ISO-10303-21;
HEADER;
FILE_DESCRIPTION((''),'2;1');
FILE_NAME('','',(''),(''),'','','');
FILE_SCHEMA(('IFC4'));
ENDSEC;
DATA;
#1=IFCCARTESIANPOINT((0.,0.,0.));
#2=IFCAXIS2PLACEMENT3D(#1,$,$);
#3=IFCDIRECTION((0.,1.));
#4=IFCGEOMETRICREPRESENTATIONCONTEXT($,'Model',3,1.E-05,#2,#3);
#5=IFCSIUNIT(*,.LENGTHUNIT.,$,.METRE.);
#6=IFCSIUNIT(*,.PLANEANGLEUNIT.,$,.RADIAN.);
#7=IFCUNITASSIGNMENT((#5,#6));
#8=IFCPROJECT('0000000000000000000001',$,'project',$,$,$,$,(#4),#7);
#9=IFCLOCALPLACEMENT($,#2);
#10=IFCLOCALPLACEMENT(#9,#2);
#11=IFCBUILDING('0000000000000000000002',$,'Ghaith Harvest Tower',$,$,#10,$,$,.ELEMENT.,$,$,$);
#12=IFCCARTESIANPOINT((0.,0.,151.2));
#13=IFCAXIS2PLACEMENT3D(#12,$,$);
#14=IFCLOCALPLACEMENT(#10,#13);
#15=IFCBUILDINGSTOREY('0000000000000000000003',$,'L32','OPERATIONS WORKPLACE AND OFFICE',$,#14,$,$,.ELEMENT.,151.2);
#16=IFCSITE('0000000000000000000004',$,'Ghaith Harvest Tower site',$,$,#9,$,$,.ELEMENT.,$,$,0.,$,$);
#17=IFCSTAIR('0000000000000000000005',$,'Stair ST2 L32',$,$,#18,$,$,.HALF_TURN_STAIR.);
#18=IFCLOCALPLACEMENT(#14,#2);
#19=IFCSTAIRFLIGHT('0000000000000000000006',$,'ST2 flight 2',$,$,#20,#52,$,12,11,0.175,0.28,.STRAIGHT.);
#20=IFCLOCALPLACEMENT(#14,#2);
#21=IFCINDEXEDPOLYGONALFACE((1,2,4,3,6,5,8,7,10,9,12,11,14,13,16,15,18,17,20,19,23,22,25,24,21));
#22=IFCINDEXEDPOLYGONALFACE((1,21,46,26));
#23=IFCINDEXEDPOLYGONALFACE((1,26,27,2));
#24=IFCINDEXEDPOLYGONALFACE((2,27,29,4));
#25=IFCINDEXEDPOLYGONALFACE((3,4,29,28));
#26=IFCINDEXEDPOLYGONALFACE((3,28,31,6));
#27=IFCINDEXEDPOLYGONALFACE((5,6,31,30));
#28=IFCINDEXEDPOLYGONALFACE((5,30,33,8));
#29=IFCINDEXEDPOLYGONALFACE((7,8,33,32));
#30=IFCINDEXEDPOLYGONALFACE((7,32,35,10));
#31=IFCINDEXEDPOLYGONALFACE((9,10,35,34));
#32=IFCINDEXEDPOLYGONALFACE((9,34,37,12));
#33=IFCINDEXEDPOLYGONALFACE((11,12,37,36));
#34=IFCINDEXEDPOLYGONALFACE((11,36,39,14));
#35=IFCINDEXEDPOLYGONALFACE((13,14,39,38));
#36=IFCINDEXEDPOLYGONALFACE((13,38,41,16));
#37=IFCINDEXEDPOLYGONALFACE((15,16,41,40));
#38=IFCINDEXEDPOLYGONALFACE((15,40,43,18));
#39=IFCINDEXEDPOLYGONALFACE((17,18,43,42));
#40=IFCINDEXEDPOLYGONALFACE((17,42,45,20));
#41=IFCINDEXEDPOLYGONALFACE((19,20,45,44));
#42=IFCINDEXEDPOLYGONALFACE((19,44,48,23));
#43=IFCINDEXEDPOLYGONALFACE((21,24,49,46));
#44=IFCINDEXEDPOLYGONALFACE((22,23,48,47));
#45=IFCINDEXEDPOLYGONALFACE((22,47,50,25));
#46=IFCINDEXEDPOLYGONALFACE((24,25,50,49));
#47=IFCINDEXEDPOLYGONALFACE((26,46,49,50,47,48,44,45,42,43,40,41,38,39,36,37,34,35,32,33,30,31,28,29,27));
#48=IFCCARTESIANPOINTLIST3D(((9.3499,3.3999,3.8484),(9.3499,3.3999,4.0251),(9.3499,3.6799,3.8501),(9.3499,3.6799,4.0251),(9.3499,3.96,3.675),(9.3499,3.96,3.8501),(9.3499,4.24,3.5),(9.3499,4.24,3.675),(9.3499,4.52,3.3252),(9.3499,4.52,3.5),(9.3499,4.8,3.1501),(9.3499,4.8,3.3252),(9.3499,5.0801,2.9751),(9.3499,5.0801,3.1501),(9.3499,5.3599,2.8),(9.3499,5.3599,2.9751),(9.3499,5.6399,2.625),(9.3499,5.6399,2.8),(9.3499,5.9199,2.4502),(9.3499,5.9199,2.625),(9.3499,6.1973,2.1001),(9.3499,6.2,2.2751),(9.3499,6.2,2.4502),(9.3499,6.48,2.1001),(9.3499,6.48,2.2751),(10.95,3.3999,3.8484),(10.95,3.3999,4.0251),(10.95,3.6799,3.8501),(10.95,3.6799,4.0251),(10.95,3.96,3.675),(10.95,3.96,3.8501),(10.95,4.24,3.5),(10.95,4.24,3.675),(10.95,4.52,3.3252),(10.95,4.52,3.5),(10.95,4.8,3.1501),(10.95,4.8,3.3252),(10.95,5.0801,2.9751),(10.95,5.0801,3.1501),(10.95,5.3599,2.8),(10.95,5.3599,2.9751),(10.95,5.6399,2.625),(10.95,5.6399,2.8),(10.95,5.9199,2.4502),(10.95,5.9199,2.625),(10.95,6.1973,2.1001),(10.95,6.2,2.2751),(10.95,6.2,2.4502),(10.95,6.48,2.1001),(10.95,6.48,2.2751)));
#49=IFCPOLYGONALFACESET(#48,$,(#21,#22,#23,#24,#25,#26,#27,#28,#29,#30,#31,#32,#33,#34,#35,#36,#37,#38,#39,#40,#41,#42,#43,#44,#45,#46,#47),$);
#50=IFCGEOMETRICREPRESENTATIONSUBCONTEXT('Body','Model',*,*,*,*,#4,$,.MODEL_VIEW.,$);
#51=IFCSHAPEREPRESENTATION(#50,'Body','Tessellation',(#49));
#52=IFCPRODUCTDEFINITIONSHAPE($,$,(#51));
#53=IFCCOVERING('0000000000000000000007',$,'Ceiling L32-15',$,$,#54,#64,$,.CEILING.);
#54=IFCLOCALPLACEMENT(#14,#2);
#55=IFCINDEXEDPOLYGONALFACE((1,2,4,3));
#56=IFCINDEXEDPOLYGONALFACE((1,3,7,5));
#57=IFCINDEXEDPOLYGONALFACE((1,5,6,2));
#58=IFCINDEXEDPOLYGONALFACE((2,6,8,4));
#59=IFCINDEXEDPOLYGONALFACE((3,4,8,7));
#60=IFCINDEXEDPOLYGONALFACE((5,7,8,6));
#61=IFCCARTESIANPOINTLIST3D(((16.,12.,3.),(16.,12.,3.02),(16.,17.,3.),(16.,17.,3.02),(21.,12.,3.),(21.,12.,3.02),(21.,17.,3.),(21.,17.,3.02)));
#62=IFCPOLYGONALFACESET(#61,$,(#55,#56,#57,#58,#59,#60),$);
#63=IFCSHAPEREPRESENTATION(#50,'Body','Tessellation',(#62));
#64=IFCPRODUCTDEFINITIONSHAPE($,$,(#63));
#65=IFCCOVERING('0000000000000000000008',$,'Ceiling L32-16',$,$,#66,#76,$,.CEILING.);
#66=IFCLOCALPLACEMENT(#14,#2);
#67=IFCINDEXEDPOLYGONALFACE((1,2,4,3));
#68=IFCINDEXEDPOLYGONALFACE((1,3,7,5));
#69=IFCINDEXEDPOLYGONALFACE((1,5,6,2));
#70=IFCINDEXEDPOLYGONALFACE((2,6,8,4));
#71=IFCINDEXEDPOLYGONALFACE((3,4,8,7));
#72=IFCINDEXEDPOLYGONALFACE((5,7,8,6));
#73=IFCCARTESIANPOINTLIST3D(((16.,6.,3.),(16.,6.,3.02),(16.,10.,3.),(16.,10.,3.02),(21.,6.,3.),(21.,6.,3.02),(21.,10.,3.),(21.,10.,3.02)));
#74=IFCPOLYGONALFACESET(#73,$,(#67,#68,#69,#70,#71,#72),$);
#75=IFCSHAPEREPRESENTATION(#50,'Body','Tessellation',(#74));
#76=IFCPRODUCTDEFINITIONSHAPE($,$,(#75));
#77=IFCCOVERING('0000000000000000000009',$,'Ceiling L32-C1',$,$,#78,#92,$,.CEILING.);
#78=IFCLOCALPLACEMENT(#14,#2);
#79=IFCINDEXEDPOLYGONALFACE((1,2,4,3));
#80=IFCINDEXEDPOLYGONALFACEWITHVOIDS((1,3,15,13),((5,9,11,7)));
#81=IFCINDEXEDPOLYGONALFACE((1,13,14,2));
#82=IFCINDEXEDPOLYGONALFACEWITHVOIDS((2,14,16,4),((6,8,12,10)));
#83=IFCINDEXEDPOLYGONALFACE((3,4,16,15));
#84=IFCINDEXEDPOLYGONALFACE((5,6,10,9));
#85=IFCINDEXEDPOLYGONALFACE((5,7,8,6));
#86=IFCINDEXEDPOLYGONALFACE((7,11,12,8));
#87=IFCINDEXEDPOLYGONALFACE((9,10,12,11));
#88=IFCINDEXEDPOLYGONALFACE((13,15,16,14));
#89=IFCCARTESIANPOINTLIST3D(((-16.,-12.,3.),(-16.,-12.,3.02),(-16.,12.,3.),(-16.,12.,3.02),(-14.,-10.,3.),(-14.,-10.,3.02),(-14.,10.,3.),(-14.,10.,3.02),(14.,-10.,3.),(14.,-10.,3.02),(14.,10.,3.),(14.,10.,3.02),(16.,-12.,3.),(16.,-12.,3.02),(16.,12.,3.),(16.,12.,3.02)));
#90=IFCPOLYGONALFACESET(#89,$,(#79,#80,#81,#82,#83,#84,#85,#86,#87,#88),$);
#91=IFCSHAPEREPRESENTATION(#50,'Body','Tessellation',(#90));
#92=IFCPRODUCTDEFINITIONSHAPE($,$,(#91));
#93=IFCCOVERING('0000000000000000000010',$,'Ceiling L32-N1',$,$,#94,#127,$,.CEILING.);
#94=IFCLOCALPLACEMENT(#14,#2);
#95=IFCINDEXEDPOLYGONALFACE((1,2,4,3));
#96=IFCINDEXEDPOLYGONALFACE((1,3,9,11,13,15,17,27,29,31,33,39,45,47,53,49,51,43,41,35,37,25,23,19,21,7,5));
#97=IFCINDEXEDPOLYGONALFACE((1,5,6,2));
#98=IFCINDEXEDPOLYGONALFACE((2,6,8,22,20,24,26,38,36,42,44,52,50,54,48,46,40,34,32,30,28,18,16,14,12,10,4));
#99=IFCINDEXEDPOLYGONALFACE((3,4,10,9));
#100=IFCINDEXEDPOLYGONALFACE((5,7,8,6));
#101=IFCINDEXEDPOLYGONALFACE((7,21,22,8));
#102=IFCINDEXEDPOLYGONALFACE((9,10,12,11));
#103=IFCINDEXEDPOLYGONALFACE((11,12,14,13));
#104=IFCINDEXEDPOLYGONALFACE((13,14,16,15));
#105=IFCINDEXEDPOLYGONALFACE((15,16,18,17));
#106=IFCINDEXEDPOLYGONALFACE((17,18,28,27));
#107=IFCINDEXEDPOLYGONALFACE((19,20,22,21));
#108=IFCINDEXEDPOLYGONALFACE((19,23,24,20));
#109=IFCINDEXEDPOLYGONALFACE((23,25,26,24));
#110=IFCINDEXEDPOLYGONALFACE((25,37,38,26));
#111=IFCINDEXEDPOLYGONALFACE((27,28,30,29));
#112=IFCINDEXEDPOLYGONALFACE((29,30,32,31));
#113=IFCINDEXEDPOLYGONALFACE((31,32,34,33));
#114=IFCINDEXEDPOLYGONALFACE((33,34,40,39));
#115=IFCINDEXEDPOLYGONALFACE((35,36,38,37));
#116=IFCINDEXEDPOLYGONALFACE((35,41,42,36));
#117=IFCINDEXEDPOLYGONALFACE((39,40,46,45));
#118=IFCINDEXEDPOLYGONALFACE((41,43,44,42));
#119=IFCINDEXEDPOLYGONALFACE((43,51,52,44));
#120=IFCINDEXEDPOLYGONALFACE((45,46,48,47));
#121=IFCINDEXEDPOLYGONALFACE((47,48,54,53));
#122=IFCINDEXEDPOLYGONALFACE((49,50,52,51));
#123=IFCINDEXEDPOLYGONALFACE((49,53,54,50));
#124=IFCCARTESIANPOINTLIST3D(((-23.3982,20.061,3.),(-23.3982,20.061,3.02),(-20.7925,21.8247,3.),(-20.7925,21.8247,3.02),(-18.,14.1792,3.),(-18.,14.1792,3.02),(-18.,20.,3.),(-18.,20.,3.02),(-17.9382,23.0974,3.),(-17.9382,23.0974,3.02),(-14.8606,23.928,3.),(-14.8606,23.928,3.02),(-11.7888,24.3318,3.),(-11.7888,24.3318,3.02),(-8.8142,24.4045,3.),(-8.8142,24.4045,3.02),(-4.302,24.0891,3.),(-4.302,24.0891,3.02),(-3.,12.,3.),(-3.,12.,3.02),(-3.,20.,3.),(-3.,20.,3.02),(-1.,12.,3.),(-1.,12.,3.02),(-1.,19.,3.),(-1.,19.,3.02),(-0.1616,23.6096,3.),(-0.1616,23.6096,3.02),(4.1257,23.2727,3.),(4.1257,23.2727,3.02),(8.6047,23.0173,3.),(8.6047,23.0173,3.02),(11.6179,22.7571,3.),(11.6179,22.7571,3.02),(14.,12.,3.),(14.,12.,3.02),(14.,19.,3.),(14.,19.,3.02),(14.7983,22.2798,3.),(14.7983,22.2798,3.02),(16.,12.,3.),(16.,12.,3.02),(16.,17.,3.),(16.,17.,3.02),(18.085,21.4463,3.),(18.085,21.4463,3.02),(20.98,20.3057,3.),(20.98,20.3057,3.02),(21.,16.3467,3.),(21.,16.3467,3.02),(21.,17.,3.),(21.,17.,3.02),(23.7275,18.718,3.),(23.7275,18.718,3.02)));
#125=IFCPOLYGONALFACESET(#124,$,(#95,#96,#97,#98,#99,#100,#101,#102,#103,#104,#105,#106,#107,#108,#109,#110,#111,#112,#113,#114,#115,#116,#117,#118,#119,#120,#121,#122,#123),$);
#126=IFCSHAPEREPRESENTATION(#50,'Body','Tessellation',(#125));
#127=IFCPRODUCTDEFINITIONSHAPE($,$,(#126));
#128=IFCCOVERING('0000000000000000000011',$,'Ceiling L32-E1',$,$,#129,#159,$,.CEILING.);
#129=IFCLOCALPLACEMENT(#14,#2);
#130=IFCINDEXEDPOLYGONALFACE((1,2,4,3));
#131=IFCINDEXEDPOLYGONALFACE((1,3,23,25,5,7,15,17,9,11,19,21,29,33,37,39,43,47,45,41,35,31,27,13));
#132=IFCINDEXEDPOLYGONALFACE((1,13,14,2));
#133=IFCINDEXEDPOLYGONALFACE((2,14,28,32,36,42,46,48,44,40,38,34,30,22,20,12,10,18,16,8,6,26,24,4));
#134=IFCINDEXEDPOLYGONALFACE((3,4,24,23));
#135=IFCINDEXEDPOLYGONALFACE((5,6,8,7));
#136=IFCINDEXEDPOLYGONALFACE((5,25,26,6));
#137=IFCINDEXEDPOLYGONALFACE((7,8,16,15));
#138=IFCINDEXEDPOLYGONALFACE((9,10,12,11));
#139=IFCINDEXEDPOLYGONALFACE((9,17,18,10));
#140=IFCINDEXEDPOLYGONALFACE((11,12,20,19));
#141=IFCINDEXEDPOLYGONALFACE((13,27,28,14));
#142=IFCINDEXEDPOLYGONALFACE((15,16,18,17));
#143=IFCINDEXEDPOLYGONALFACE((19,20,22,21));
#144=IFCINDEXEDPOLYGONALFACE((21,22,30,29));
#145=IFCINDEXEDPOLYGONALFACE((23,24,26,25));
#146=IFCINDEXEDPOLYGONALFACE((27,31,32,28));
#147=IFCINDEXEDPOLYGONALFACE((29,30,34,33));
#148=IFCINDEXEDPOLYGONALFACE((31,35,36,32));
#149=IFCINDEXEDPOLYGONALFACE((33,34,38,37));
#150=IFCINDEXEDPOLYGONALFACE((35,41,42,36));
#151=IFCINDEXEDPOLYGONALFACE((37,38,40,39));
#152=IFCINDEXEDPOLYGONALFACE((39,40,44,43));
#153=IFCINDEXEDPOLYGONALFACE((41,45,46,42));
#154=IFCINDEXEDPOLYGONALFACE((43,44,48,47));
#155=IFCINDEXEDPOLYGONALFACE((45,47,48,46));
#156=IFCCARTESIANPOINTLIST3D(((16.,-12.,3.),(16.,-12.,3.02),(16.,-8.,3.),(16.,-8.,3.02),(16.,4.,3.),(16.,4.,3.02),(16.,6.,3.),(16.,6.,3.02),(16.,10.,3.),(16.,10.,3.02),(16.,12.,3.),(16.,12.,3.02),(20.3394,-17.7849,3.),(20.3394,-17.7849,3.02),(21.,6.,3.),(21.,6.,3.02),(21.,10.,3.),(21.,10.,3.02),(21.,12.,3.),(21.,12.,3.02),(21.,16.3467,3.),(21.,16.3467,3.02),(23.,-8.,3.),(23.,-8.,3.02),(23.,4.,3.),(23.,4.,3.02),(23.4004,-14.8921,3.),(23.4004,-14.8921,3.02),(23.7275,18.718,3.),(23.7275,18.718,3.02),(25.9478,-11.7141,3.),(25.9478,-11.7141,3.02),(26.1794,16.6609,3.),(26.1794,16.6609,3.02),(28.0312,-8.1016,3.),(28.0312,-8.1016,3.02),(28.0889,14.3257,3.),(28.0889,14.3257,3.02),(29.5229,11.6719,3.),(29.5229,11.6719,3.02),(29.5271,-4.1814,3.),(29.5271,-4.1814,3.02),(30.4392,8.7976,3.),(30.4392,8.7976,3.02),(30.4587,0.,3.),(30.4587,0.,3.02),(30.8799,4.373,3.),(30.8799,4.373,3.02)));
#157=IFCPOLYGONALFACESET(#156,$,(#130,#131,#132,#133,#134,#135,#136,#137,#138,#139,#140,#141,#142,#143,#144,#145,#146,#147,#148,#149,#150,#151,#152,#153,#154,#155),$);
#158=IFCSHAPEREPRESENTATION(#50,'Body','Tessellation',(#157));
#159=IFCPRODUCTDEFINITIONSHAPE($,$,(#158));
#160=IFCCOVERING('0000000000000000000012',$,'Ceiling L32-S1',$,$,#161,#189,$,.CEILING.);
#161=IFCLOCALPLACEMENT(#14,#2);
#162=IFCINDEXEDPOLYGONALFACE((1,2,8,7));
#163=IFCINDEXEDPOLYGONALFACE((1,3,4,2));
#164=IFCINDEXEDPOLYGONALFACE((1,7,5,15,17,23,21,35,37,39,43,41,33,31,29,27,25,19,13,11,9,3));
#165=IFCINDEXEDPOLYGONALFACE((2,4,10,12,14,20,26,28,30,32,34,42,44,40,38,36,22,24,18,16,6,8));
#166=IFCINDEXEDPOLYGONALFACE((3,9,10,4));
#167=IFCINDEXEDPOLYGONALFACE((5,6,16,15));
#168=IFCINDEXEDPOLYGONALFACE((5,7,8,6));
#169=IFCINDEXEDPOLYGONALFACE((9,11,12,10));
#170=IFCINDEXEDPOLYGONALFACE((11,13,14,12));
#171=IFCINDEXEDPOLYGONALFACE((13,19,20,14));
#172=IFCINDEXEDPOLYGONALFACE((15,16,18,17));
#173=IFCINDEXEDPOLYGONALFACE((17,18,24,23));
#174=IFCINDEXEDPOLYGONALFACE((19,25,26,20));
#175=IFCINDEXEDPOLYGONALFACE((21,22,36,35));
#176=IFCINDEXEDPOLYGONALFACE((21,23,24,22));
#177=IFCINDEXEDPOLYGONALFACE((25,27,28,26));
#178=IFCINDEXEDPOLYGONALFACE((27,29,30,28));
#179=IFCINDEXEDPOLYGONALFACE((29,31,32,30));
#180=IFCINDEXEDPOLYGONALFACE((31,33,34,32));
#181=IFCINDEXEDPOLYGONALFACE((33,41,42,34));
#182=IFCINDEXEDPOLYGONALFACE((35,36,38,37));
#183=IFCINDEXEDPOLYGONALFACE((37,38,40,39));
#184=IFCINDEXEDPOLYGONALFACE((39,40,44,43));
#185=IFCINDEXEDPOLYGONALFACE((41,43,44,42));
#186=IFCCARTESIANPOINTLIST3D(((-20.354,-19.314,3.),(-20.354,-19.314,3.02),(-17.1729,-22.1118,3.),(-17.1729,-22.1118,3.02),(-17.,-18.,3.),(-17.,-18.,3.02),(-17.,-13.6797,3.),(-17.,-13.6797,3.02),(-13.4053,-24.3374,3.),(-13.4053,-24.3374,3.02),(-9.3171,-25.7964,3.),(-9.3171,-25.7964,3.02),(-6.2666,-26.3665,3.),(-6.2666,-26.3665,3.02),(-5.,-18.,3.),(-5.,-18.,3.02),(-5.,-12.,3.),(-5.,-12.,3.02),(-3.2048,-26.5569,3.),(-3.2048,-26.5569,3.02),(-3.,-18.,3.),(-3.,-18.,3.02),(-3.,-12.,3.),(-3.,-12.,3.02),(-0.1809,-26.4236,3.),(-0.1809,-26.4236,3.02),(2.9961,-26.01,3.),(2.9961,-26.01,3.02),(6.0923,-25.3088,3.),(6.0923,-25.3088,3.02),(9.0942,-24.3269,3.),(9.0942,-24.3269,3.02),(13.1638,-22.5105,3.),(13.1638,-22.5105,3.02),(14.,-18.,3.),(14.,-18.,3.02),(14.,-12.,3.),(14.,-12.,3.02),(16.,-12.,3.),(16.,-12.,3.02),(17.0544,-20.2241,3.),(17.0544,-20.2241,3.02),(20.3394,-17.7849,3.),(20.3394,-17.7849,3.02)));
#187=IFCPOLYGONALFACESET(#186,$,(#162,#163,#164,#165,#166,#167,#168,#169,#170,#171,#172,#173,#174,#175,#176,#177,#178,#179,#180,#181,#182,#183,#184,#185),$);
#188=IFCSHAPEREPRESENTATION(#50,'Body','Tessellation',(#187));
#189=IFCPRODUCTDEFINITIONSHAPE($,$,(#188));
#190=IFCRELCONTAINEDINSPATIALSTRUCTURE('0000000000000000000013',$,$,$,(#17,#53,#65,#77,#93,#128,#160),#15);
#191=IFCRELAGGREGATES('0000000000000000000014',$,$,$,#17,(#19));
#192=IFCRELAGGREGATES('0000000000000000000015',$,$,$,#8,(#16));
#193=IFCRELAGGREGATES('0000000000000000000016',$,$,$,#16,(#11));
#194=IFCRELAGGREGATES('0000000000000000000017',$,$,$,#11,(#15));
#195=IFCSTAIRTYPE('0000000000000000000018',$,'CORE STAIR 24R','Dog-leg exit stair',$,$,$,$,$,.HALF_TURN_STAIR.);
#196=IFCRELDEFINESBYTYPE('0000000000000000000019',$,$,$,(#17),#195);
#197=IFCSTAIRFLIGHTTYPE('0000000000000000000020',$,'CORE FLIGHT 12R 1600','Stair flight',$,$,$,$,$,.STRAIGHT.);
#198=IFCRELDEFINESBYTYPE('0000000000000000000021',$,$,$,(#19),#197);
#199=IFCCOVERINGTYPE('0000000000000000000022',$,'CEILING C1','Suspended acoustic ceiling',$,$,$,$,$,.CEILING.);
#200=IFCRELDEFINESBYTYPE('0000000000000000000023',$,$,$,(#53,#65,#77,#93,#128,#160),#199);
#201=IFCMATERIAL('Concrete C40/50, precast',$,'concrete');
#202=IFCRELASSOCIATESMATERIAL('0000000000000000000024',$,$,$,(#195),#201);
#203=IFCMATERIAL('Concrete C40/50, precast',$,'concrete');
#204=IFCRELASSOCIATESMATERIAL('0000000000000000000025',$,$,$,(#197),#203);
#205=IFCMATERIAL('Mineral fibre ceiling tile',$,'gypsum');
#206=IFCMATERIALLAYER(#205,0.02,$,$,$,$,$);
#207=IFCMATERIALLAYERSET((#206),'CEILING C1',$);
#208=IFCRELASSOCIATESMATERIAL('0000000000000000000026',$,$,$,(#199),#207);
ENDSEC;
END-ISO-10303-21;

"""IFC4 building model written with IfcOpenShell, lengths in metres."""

from ifc_helpers import new_model, si_unit, direction, frame, origin, place, context, subcontext, project, spatial, polyline, outline, extrude, material, layer, layer_set, type_object, element, aggregate, save


model = new_model("IFC4")

# Units and contexts
model_context = context("Model", 3, precision=1e-05, world=origin(), true_north=direction((0.0, 1.0)))
body_context = subcontext(model_context, "Body", "Model", "MODEL_VIEW")
ifc_project = project(units=[si_unit("LENGTHUNIT", "METRE"), si_unit("PLANEANGLEUNIT", "RADIAN")], contexts=[model_context])

# Site, building, storey
site_placement = place(None, origin())
site = spatial("IfcSite", under=ifc_project, at=site_placement, Name="Ghaith Harvest Tower site", CompositionType="ELEMENT", RefElevation=0.0)
building_placement = place(site_placement, origin())
building = spatial("IfcBuilding", under=site, at=building_placement, Name="Ghaith Harvest Tower", CompositionType="ELEMENT")
storey_placement = place(building_placement, frame((0.0, 0.0, 151.2)))
storey = spatial("IfcBuildingStorey", under=building, at=storey_placement, Name="L32", Description="OPERATIONS WORKPLACE AND OFFICE", CompositionType="ELEMENT", Elevation=151.2)

# Stair, stair flight
ifc_material_1 = material(Name="Concrete C40/50, precast", Category="concrete")
stair_type = type_object("IfcStairType", Name="CORE STAIR 24R", Description="Dog-leg exit stair", PredefinedType="HALF_TURN_STAIR", material=ifc_material_1)
stair_placement = place(storey_placement, origin())
stair = element("IfcStair", 1, at=stair_placement, inside=storey, type_object=stair_type, Name="Stair ST2 L32", PredefinedType="HALF_TURN_STAIR")
ifc_material_2 = material(Name="Concrete C40/50, precast", Category="concrete")
stair_flight_type = type_object("IfcStairFlightType", Name="CORE FLIGHT 12R 1600", Description="Stair flight", PredefinedType="STRAIGHT", material=ifc_material_2)
stair_flight_1_placement = place(storey_placement, frame((10.1499, 6.48, 2.1001), z_axis=(0.0, 0.0, 1.0), x_axis=(0.0, -1.0, 0.0)))
stair_flight_1 = element("IfcStairFlight", 2, at=stair_flight_1_placement, type_object=stair_flight_type, Name="ST2 flight 2", NumberOfRisers=12, NumberOfTreads=11, PredefinedType="STRAIGHT", RiserHeight=0.175, TreadLength=0.28, context=body_context, shape_type="SweptSolid", body=[
    extrude(outline(polyline([(0.0, 0.0), (0.0, 0.175), (0.28, 0.175), (0.28, 0.3501), (0.5601, 0.3501), (0.5601, 0.5249), (0.8401, 0.5249), (0.8401, 0.7), (1.1201, 0.7), (1.1201, 0.875), (1.3999, 0.875), (1.3999, 1.05), (1.6799, 1.05), (1.6799, 1.2251), (1.96, 1.2251), (1.96, 1.3999), (2.24, 1.3999), (2.24, 1.575), (2.52, 1.575), (2.52, 1.75), (2.8, 1.75), (2.8, 1.925), (3.0801, 1.925), (3.0801, 2.1001), (3.0801, 1.7483), (0.2827, 0.0), (0.0, 0.0)])), frame((0.0, 0.8, 0.0), z_axis=(0.0, -1.0, 0.0), x_axis=(1.0, 0.0, 0.0)), (0.0, 0.0, 1.0), 1.6001),
])
aggregate(stair, [stair_flight_1])

# Coverings
ifc_material_3 = material(Name="Mineral fibre ceiling tile", Category="gypsum")
ifc_layer_1 = layer(ifc_material_3, 0.02)
ifc_layer_set_1 = layer_set([ifc_layer_1], Name="CEILING C1")
covering_type = type_object("IfcCoveringType", Name="CEILING C1", Description="Suspended acoustic ceiling", PredefinedType="CEILING", material=ifc_layer_set_1)
covering_1_placement = place(storey_placement, frame((0.0, 0.0, 3.0)))
element("IfcCovering", 3, at=covering_1_placement, inside=storey, type_object=covering_type, Name="Ceiling L32-15", PredefinedType="CEILING", context=body_context, shape_type="SweptSolid", body=[
    extrude(outline(polyline([(16.0, 12.0), (21.0, 12.0), (21.0, 17.0), (16.0, 17.0), (16.0, 12.0)])), origin(), (0.0, 0.0, 1.0), 0.02),
])
covering_2_placement = place(storey_placement, frame((0.0, 0.0, 3.0)))
element("IfcCovering", 4, at=covering_2_placement, inside=storey, type_object=covering_type, Name="Ceiling L32-16", PredefinedType="CEILING", context=body_context, shape_type="SweptSolid", body=[
    extrude(outline(polyline([(16.0, 6.0), (21.0, 6.0), (21.0, 10.0), (16.0, 10.0), (16.0, 6.0)])), origin(), (0.0, 0.0, 1.0), 0.02),
])
covering_3_placement = place(storey_placement, frame((0.0, 0.0, 3.0)))
element("IfcCovering", 5, at=covering_3_placement, inside=storey, type_object=covering_type, Name="Ceiling L32-C1", PredefinedType="CEILING", context=body_context, shape_type="SweptSolid", body=[
    extrude(outline(polyline([(-16.0, 12.0), (16.0, 12.0), (16.0, -12.0), (-16.0, -12.0), (-16.0, 12.0)]), holes=[polyline([(14.0, 10.0), (-14.0, 10.0), (-14.0, -10.0), (14.0, -10.0), (14.0, 10.0)])]), origin(), (0.0, 0.0, 1.0), 0.02),
])
covering_4_placement = place(storey_placement, frame((0.0, 0.0, 3.0)))
element("IfcCovering", 6, at=covering_4_placement, inside=storey, type_object=covering_type, Name="Ceiling L32-N1", PredefinedType="CEILING", context=body_context, shape_type="SweptSolid", body=[
    extrude(outline(polyline([(-20.7925, 21.8247), (-17.9382, 23.0974), (-14.8606, 23.928), (-11.7888, 24.3318), (-8.8142, 24.4045), (-4.302, 24.0891), (-0.1616, 23.6096), (4.1257, 23.2727), (8.6047, 23.0173), (11.6179, 22.7571), (14.7983, 22.2798), (18.085, 21.4463), (20.98, 20.3057), (23.7275, 18.718), (21.0, 16.3467), (21.0, 17.0), (16.0, 17.0), (16.0, 12.0), (14.0, 12.0), (14.0, 19.0), (-1.0, 19.0), (-1.0, 12.0), (-3.0, 12.0), (-3.0, 20.0), (-18.0, 20.0), (-18.0, 14.1792), (-23.3982, 20.061), (-20.7925, 21.8247)])), origin(), (0.0, 0.0, 1.0), 0.02),
])
covering_5_placement = place(storey_placement, frame((0.0, 0.0, 3.0)))
element("IfcCovering", 7, at=covering_5_placement, inside=storey, type_object=covering_type, Name="Ceiling L32-E1", PredefinedType="CEILING", context=body_context, shape_type="SweptSolid", body=[
    extrude(outline(polyline([(26.1794, 16.6609), (28.0889, 14.3257), (29.5229, 11.6719), (30.4392, 8.7976), (30.8799, 4.373), (30.4587, 0.0), (29.5271, -4.1814), (28.0312, -8.1016), (25.9478, -11.7141), (23.4004, -14.8921), (20.3394, -17.7849), (16.0, -12.0), (16.0, -8.0), (23.0, -8.0), (23.0, 4.0), (16.0, 4.0), (16.0, 6.0), (21.0, 6.0), (21.0, 10.0), (16.0, 10.0), (16.0, 12.0), (21.0, 12.0), (21.0, 16.3467), (23.7275, 18.718), (26.1794, 16.6609)])), origin(), (0.0, 0.0, 1.0), 0.02),
])
covering_6_placement = place(storey_placement, frame((0.0, 0.0, 3.0)))
element("IfcCovering", 8, at=covering_6_placement, inside=storey, type_object=covering_type, Name="Ceiling L32-S1", PredefinedType="CEILING", context=body_context, shape_type="SweptSolid", body=[
    extrude(outline(polyline([(17.0544, -20.2241), (13.1638, -22.5105), (9.0942, -24.3269), (6.0923, -25.3088), (2.9961, -26.01), (-0.1809, -26.4236), (-3.2048, -26.5569), (-6.2666, -26.3665), (-9.3171, -25.7964), (-13.4053, -24.3374), (-17.1729, -22.1118), (-20.354, -19.314), (-17.0, -13.6797), (-17.0, -18.0), (-5.0, -18.0), (-5.0, -12.0), (-3.0, -12.0), (-3.0, -18.0), (14.0, -18.0), (14.0, -12.0), (16.0, -12.0), (20.3394, -17.7849), (17.0544, -20.2241)])), origin(), (0.0, 0.0, 1.0), 0.02),
])

save(model, "model.ifc")
